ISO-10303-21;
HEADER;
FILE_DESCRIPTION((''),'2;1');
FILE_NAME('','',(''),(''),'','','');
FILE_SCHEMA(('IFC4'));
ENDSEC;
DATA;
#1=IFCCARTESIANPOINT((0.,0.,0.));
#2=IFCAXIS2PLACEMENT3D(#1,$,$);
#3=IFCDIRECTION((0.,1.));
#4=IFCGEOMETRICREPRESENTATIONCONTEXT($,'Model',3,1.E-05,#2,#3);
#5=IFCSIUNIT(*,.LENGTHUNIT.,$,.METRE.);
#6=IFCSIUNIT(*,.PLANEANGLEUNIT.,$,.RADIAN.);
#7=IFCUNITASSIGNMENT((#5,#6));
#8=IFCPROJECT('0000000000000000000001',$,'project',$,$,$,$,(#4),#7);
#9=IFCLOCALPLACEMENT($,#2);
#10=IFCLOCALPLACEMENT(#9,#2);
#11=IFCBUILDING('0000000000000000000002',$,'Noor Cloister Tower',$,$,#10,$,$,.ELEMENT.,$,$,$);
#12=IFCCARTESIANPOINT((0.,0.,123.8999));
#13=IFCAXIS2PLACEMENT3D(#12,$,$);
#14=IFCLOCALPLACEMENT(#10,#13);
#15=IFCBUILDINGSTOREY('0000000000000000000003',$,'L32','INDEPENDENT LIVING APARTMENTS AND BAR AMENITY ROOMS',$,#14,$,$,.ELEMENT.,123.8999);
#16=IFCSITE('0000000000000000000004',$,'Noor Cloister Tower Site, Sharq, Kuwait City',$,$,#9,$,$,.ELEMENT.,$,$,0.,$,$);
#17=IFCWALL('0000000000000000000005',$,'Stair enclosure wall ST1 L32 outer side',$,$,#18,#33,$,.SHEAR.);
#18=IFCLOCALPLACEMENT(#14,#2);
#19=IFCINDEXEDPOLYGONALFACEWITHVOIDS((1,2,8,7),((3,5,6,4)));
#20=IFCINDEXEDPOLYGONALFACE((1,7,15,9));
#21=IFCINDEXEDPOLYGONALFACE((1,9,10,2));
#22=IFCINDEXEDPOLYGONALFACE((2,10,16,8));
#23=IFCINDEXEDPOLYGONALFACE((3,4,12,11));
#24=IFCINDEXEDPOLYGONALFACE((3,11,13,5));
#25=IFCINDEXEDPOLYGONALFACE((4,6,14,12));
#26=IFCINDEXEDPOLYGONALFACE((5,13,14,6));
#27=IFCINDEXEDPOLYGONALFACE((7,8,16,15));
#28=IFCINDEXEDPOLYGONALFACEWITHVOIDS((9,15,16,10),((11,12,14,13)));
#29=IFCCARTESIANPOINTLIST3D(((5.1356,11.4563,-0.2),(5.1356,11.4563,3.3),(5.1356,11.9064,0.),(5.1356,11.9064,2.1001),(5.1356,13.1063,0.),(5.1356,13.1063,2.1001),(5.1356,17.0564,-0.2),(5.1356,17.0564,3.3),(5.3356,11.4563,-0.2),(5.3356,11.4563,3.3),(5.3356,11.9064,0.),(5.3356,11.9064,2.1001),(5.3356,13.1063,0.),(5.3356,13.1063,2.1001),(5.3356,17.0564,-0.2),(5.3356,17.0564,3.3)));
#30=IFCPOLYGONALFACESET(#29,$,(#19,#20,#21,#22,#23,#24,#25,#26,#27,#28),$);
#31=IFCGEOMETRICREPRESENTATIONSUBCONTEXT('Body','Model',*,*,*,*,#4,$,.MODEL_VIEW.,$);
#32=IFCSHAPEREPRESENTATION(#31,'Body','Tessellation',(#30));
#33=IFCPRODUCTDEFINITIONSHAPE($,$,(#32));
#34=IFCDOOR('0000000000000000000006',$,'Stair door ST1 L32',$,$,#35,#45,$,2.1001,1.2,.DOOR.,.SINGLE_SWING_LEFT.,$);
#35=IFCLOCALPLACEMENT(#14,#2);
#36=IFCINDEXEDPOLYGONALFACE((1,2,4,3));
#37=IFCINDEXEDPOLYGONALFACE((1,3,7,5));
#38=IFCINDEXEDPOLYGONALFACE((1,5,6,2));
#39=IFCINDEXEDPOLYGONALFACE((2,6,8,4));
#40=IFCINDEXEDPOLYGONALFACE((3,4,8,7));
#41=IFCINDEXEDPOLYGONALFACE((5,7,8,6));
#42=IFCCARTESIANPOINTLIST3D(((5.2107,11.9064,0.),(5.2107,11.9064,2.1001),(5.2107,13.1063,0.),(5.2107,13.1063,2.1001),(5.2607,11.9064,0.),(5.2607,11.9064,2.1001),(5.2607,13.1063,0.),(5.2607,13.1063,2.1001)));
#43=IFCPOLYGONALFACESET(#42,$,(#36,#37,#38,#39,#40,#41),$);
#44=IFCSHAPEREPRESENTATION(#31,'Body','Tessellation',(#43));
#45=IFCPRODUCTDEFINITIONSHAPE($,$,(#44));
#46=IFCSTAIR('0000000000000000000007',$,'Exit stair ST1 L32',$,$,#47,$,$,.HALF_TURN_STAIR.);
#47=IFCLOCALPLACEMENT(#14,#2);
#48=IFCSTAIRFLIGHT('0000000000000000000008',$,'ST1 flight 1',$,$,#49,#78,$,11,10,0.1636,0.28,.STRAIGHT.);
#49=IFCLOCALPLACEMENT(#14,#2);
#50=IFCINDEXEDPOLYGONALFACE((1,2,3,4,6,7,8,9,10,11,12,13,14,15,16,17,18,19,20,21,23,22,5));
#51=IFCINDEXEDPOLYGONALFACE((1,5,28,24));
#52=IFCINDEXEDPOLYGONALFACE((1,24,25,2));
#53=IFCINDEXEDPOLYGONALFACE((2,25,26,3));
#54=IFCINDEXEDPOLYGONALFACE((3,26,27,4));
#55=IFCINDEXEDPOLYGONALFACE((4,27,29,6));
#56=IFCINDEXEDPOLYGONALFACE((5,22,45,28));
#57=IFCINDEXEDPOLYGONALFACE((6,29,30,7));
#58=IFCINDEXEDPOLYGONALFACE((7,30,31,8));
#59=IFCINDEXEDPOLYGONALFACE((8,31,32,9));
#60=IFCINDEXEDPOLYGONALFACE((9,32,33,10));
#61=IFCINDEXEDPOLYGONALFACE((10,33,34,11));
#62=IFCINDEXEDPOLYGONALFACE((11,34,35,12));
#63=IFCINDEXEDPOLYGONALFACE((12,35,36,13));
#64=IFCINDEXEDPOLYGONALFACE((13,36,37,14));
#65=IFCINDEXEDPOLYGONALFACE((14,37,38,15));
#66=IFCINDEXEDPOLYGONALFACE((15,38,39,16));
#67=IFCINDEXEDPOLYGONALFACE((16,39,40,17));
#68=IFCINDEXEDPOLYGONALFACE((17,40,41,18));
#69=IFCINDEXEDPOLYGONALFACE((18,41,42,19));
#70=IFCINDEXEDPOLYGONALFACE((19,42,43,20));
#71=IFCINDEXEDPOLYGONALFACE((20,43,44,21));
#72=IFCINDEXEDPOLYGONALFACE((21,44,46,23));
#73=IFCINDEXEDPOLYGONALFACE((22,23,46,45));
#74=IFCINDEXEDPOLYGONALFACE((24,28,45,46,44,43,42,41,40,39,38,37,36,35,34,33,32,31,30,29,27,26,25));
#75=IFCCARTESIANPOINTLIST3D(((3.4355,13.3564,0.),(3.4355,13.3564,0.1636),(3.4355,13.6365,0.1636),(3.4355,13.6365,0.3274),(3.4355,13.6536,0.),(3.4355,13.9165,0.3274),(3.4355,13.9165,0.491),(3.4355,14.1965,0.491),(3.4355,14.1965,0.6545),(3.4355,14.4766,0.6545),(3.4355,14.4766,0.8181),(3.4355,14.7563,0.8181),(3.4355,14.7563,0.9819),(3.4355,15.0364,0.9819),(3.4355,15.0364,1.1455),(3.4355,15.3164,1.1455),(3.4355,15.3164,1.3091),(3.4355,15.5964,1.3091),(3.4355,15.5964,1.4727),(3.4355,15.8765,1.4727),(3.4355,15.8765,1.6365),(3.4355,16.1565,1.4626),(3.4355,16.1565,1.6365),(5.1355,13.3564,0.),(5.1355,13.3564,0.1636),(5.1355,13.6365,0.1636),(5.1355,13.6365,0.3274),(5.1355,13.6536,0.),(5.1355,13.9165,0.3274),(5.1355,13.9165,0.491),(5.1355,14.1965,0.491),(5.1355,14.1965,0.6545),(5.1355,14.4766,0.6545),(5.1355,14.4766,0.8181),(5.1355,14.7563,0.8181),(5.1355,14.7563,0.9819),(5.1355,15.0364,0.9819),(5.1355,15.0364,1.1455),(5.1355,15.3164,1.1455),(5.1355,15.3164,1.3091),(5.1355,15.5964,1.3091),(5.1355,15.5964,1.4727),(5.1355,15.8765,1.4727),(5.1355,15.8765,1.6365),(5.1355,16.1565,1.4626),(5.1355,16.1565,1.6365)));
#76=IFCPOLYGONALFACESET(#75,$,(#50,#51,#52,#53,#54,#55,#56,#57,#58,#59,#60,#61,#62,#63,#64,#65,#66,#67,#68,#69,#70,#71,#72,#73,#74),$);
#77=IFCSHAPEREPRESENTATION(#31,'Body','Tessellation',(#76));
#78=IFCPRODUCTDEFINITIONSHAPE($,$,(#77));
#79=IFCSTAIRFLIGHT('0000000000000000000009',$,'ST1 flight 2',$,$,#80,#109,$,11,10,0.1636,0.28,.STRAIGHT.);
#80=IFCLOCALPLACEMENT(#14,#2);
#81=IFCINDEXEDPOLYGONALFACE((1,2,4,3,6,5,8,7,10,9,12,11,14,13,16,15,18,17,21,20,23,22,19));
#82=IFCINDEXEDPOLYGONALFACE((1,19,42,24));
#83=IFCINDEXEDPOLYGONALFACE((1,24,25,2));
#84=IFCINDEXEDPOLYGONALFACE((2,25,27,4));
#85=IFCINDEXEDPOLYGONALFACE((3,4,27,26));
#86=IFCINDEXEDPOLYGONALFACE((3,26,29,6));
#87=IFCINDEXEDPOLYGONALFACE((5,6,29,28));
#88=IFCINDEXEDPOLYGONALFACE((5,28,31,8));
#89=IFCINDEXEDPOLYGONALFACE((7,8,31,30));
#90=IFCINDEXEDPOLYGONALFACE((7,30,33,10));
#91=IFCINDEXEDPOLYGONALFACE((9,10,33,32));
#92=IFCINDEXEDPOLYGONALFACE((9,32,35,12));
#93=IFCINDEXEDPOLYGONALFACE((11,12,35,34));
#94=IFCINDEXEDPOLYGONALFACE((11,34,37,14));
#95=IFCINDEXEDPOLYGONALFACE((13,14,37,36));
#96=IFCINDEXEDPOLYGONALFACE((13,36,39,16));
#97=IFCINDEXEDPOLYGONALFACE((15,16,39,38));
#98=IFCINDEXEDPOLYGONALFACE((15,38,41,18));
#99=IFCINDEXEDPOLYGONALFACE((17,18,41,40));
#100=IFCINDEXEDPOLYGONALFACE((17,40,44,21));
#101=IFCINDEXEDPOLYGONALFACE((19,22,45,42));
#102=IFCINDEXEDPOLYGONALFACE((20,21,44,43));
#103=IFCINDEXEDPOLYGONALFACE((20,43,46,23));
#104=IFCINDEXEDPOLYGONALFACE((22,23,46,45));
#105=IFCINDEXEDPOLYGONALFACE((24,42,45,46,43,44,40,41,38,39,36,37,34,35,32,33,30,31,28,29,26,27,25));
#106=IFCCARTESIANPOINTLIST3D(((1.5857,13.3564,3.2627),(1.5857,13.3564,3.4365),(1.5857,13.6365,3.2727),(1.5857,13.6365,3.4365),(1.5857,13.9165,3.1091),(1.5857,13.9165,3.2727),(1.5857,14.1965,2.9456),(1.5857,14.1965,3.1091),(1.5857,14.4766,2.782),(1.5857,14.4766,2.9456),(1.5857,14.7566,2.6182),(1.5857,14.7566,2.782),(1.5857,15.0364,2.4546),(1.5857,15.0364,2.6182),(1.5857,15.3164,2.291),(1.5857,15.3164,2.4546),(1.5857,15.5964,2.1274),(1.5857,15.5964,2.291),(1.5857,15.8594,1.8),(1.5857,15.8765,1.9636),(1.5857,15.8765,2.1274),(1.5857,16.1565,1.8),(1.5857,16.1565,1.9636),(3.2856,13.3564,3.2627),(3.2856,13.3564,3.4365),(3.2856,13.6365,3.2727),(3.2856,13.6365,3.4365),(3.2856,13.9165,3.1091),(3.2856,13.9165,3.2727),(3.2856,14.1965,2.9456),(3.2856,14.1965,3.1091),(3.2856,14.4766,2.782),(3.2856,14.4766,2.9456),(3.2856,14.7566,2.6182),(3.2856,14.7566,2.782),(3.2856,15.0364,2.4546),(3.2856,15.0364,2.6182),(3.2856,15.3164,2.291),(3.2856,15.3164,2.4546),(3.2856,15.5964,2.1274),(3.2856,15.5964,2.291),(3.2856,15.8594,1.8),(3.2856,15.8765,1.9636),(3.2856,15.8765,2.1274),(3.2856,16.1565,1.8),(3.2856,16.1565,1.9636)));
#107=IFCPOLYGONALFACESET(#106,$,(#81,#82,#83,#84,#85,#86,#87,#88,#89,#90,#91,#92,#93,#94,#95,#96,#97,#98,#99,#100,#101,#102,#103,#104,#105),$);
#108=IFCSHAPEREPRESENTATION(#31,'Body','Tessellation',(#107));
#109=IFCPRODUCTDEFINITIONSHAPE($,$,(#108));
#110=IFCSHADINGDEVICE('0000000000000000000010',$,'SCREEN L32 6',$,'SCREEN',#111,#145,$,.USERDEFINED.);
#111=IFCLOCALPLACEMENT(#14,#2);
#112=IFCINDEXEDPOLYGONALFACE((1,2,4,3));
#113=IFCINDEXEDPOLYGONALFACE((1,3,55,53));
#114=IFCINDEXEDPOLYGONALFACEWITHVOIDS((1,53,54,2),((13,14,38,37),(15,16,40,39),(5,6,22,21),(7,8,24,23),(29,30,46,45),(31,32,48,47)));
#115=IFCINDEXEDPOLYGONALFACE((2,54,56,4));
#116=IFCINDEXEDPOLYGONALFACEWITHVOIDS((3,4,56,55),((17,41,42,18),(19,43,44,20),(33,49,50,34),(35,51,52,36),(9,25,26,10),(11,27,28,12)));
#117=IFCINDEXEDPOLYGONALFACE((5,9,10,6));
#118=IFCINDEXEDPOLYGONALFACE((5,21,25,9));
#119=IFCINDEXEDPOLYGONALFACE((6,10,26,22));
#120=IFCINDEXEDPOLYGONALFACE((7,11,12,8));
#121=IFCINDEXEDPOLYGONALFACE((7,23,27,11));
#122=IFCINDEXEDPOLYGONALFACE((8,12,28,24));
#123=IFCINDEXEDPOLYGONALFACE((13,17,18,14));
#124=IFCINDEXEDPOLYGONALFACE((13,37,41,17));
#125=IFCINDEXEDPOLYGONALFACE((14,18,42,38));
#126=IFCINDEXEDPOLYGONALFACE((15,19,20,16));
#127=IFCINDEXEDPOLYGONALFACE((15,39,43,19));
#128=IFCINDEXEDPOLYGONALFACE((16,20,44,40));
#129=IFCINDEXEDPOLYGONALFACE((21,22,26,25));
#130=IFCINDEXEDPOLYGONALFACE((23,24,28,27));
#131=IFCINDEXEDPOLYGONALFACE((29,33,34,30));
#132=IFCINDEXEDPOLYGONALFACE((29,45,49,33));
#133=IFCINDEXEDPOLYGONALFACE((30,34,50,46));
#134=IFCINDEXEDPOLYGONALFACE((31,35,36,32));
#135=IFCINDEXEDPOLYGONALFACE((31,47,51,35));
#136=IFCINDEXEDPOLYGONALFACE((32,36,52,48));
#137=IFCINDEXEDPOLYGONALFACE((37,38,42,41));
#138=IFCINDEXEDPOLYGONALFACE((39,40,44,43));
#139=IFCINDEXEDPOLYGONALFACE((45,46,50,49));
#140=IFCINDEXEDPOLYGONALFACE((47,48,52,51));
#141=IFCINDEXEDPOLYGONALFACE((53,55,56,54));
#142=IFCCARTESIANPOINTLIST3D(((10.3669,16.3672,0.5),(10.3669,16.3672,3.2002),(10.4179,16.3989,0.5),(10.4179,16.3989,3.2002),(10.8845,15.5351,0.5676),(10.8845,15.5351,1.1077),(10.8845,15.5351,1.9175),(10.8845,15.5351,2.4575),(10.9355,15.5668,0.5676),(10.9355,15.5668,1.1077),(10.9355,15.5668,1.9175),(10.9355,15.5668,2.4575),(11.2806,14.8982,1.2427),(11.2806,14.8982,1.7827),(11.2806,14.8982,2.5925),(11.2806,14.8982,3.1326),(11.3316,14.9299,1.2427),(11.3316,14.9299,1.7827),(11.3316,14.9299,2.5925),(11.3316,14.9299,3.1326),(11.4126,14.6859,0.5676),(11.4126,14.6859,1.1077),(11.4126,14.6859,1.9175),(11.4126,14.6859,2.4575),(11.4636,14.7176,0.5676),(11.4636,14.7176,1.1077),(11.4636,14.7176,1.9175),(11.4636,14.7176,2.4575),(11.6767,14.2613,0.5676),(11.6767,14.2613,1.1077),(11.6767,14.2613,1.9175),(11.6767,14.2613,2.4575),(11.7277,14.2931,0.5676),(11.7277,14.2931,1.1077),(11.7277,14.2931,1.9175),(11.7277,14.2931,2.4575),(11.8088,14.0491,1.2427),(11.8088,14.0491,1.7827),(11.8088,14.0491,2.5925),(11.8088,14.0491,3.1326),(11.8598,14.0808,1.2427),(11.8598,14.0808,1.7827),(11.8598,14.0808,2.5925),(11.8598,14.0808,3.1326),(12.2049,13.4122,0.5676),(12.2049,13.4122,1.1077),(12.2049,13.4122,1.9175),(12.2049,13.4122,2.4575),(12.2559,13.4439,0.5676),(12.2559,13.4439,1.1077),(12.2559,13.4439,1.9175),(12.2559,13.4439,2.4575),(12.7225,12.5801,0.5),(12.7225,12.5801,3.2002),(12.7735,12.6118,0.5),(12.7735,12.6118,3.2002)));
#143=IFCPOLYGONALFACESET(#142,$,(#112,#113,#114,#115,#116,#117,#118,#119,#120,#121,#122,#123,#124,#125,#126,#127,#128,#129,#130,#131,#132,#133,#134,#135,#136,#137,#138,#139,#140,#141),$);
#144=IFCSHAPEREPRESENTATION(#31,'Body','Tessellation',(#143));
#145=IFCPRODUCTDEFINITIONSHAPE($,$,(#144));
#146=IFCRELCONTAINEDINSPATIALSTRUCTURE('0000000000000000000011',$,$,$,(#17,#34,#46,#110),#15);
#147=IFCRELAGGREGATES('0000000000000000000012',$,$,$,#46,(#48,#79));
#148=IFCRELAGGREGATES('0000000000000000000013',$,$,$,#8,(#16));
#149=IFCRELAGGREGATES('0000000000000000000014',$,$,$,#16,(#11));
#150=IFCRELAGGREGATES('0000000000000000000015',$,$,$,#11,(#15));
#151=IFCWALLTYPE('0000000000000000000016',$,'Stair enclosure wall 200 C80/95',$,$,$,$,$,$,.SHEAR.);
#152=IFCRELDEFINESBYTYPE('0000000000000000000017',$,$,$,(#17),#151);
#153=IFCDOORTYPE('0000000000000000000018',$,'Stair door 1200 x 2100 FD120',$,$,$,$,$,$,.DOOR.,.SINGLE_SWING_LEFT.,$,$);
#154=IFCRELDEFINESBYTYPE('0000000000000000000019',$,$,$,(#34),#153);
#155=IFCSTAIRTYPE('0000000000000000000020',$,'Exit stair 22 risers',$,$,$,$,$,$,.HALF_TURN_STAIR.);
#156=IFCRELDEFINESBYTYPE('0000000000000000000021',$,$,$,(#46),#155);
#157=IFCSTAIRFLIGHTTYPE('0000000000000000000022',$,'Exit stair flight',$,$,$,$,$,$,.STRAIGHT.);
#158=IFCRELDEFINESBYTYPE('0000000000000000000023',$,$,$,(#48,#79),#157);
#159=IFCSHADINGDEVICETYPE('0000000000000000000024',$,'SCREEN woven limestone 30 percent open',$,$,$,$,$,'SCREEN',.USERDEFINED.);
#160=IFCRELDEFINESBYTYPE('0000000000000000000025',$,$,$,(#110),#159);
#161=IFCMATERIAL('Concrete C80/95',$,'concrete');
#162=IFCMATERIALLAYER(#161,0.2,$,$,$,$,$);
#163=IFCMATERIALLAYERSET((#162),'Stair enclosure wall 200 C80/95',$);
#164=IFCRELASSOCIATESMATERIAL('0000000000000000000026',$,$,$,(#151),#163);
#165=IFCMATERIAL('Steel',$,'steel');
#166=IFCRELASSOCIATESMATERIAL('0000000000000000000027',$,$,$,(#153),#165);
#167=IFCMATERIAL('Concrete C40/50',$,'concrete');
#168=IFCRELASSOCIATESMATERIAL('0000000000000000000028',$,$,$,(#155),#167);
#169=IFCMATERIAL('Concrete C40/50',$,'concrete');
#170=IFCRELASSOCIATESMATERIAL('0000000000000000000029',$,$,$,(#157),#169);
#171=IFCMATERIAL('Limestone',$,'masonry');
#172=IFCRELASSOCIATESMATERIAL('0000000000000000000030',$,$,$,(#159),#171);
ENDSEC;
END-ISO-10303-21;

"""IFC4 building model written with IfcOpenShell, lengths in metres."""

from ifc_helpers import new_model, si_unit, direction, frame, frame_2d, origin, place, context, subcontext, project, spatial, polyline, rectangle, outline, extrude, material, layer, layer_set, material_profile, profile_set, type_object, element, fill, aggregate, save


model = new_model("IFC4")

# Units and contexts
model_context = context("Model", 3, precision=1e-05, world=origin(), true_north=direction((0.0, 1.0)))
body_context = subcontext(model_context, "Body", "Model", "MODEL_VIEW")
ifc_project = project(units=[si_unit("LENGTHUNIT", "METRE"), si_unit("PLANEANGLEUNIT", "RADIAN")], contexts=[model_context])

# Site, building, storey
site_placement = place(None, origin())
site = spatial("IfcSite", under=ifc_project, at=site_placement, Name="Noor Cloister Tower Site, Sharq, Kuwait City", CompositionType="ELEMENT", RefElevation=0.0)
building_placement = place(site_placement, origin())
building = spatial("IfcBuilding", under=site, at=building_placement, Name="Noor Cloister Tower", CompositionType="ELEMENT")
storey_placement = place(building_placement, frame((0.0, 0.0, 123.8999)))
storey = spatial("IfcBuildingStorey", under=building, at=storey_placement, Name="L32", Description="INDEPENDENT LIVING APARTMENTS AND BAR AMENITY ROOMS", CompositionType="ELEMENT", Elevation=123.8999)

# Wall, opening, door
ifc_material_1 = material(Name="Concrete C80/95", Category="concrete")
ifc_layer_1 = layer(ifc_material_1, 0.2)
ifc_layer_set_1 = layer_set([ifc_layer_1], Name="Stair enclosure wall 200 C80/95")
wall_type_1 = type_object("IfcWallType", Name="Stair enclosure wall 200 C80/95", PredefinedType="SHEAR", material=ifc_layer_set_1)
ifc_material_2 = material(Name="Steel", Category="steel")
door_type_1 = type_object("IfcDoorType", Name="Stair door 1200 x 2100 FD120", OperationType="SINGLE_SWING_LEFT", PredefinedType="DOOR", material=ifc_material_2)
wall_1_placement = place(storey_placement, frame((5.2356, 11.4563, -0.2), z_axis=(0.0, 0.0, 1.0), x_axis=(0.0, 1.0, 0.0)))
wall_1 = element("IfcWall", 1, at=wall_1_placement, inside=storey, type_object=wall_type_1, Name="Stair enclosure wall ST1 L32 outer side", PredefinedType="SHEAR", context=body_context, shape_type="SweptSolid", body=[
    extrude(rectangle(XDim=5.6001, YDim=0.2, at=frame_2d((2.8, 0.0))), origin(), (0.0, 0.0, 1.0), 3.5),
])
opening_1_placement = place(wall_1_placement, frame((0.45, 0.0, 0.2)))
opening_1 = element("IfcOpeningElement", 2, at=opening_1_placement, cuts=wall_1, PredefinedType="OPENING", context=body_context, shape_type="SweptSolid", body=[
    extrude(rectangle(XDim=1.2, YDim=2.1001, at=frame_2d((0.6001, 1.05))), frame((0.0, 0.1099, 0.0), z_axis=(0.0, -1.0, 0.0), x_axis=(1.0, 0.0, 0.0)), (0.0, 0.0, 1.0), 0.22),
])
door_1_placement = place(opening_1_placement, origin())
door_1 = element("IfcDoor", 3, at=door_1_placement, inside=storey, type_object=door_type_1, Name="Stair door ST1 L32", OperationType="SINGLE_SWING_LEFT", OverallHeight=2.1001, OverallWidth=1.2, PredefinedType="DOOR", context=body_context, shape_type="SweptSolid", body=[
    extrude(rectangle(XDim=1.2, YDim=2.1001, at=frame_2d((0.6001, 1.05))), frame((0.0, 0.0249, 0.0), z_axis=(0.0, -1.0, 0.0), x_axis=(1.0, 0.0, 0.0)), (0.0, 0.0, 1.0), 0.05),
])
fill(opening_1, door_1)

# Stair, stair flights
ifc_material_3 = material(Name="Concrete C40/50", Category="concrete")
stair_type = type_object("IfcStairType", Name="Exit stair 22 risers", PredefinedType="HALF_TURN_STAIR", material=ifc_material_3)
stair_placement = place(storey_placement, origin())
stair = element("IfcStair", 4, at=stair_placement, inside=storey, type_object=stair_type, Name="Exit stair ST1 L32", PredefinedType="HALF_TURN_STAIR")
ifc_material_4 = material(Name="Concrete C40/50", Category="concrete")
stair_flight_type = type_object("IfcStairFlightType", Name="Exit stair flight", PredefinedType="STRAIGHT", material=ifc_material_4)
stair_flight_1_placement = place(storey_placement, frame((4.2856, 13.3564, 0.0), z_axis=(0.0, 0.0, 1.0), x_axis=(0.0, 1.0, 0.0)))
stair_flight_1 = element("IfcStairFlight", 5, at=stair_flight_1_placement, type_object=stair_flight_type, Name="ST1 flight 1", NumberOfRisers=11, NumberOfTreads=10, PredefinedType="STRAIGHT", RiserHeight=0.1636, TreadLength=0.28, context=body_context, shape_type="SweptSolid", body=[
    extrude(outline(polyline([(0.0, 0.0), (0.0, 0.1636), (0.28, 0.1636), (0.28, 0.3274), (0.5601, 0.3274), (0.5601, 0.491), (0.8401, 0.491), (0.8401, 0.6545), (1.1201, 0.6545), (1.1201, 0.8181), (1.3999, 0.8181), (1.3999, 0.9819), (1.6799, 0.9819), (1.6799, 1.1455), (1.96, 1.1455), (1.96, 1.3091), (2.24, 1.3091), (2.24, 1.4727), (2.52, 1.4727), (2.52, 1.6365), (2.8, 1.6365), (2.8, 1.8), (2.8, 1.4626), (0.2971, 0.0), (0.0, 0.0)])), frame((0.0, 0.8501, 0.0), z_axis=(0.0, -1.0, 0.0), x_axis=(1.0, 0.0, 0.0)), (0.0, 0.0, 1.0), 1.7),
])
stair_flight_2_placement = place(storey_placement, frame((2.4355, 16.1565, 1.8), z_axis=(0.0, 0.0, 1.0), x_axis=(0.0, -1.0, 0.0)))
stair_flight_2 = element("IfcStairFlight", 6, at=stair_flight_2_placement, type_object=stair_flight_type, Name="ST1 flight 2", NumberOfRisers=11, NumberOfTreads=10, PredefinedType="STRAIGHT", RiserHeight=0.1636, TreadLength=0.28, context=body_context, shape_type="SweptSolid", body=[
    extrude(outline(polyline([(0.0, 0.0), (0.0, 0.1636), (0.28, 0.1636), (0.28, 0.3274), (0.5601, 0.3274), (0.5601, 0.491), (0.8401, 0.491), (0.8401, 0.6545), (1.1201, 0.6545), (1.1201, 0.8181), (1.3999, 0.8181), (1.3999, 0.9819), (1.6799, 0.9819), (1.6799, 1.1455), (1.96, 1.1455), (1.96, 1.3091), (2.24, 1.3091), (2.24, 1.4727), (2.52, 1.4727), (2.52, 1.6365), (2.8, 1.6365), (2.8, 1.8), (2.8, 1.4626), (0.2971, 0.0), (0.0, 0.0)])), frame((0.0, 0.8501, 0.0), z_axis=(0.0, -1.0, 0.0), x_axis=(1.0, 0.0, 0.0)), (0.0, 0.0, 1.0), 1.7),
])
aggregate(stair, [stair_flight_1, stair_flight_2])

# Shading device
ifc_material_5 = material(Name="Limestone", Category="masonry")
ifc_material_profile_1 = material_profile(ifc_material_5, outline(polyline([(-2.23, -1.3501), (2.23, -1.3501), (2.23, 1.3501), (-2.23, 1.3501), (-2.23, -1.3501)]), holes=[polyline([(-1.25, -1.2825), (-0.25, -1.2825), (-0.25, -0.7424), (-1.25, -0.7424), (-1.25, -1.2825)]), polyline([(0.25, -1.2825), (1.25, -1.2825), (1.25, -0.7424), (0.25, -0.7424), (0.25, -1.2825)]), polyline([(-0.5, -0.6074), (0.5, -0.6074), (0.5, -0.0674), (-0.5, -0.0674), (-0.5, -0.6074)]), polyline([(-1.25, 0.0674), (-0.25, 0.0674), (-0.25, 0.6074), (-1.25, 0.6074), (-1.25, 0.0674)]), polyline([(0.25, 0.0674), (1.25, 0.0674), (1.25, 0.6074), (0.25, 0.6074), (0.25, 0.0674)]), polyline([(-0.5, 0.7424), (0.5, 0.7424), (0.5, 1.2825), (-0.5, 1.2825), (-0.5, 0.7424)])]), Name="Woven screen 30 percent open")
ifc_profile_set_1 = profile_set([ifc_material_profile_1], Name="Limestone")
shading_device_type = type_object("IfcShadingDeviceType", Name="SCREEN woven limestone 30 percent open", ElementType="SCREEN", PredefinedType="USERDEFINED", material=ifc_profile_set_1)
shading_device_1_placement = place(storey_placement, frame((11.5447, 14.4736, 1.8501), z_axis=(0.849138, 0.528172, 0.0), x_axis=(-0.528172, 0.849138, 0.0)))
element("IfcShadingDevice", 7, at=shading_device_1_placement, inside=storey, type_object=shading_device_type, Name="SCREEN L32 6", ObjectType="SCREEN", PredefinedType="USERDEFINED", context=body_context, shape_type="SweptSolid", body=[
    extrude(outline(polyline([(-2.23, -1.3501), (2.23, -1.3501), (2.23, 1.3501), (-2.23, 1.3501), (-2.23, -1.3501)]), holes=[polyline([(-1.25, -1.2825), (-0.25, -1.2825), (-0.25, -0.7424), (-1.25, -0.7424), (-1.25, -1.2825)]), polyline([(0.25, -1.2825), (1.25, -1.2825), (1.25, -0.7424), (0.25, -0.7424), (0.25, -1.2825)]), polyline([(-0.5, -0.6074), (0.5, -0.6074), (0.5, -0.0674), (-0.5, -0.0674), (-0.5, -0.6074)]), polyline([(-1.25, 0.0674), (-0.25, 0.0674), (-0.25, 0.6074), (-1.25, 0.6074), (-1.25, 0.0674)]), polyline([(0.25, 0.0674), (1.25, 0.0674), (1.25, 0.6074), (0.25, 0.6074), (0.25, 0.0674)]), polyline([(-0.5, 0.7424), (0.5, 0.7424), (0.5, 1.2825), (-0.5, 1.2825), (-0.5, 0.7424)])]), origin(), (0.0, 0.0, 1.0), 0.0601),
])

save(model, "model.ifc")
